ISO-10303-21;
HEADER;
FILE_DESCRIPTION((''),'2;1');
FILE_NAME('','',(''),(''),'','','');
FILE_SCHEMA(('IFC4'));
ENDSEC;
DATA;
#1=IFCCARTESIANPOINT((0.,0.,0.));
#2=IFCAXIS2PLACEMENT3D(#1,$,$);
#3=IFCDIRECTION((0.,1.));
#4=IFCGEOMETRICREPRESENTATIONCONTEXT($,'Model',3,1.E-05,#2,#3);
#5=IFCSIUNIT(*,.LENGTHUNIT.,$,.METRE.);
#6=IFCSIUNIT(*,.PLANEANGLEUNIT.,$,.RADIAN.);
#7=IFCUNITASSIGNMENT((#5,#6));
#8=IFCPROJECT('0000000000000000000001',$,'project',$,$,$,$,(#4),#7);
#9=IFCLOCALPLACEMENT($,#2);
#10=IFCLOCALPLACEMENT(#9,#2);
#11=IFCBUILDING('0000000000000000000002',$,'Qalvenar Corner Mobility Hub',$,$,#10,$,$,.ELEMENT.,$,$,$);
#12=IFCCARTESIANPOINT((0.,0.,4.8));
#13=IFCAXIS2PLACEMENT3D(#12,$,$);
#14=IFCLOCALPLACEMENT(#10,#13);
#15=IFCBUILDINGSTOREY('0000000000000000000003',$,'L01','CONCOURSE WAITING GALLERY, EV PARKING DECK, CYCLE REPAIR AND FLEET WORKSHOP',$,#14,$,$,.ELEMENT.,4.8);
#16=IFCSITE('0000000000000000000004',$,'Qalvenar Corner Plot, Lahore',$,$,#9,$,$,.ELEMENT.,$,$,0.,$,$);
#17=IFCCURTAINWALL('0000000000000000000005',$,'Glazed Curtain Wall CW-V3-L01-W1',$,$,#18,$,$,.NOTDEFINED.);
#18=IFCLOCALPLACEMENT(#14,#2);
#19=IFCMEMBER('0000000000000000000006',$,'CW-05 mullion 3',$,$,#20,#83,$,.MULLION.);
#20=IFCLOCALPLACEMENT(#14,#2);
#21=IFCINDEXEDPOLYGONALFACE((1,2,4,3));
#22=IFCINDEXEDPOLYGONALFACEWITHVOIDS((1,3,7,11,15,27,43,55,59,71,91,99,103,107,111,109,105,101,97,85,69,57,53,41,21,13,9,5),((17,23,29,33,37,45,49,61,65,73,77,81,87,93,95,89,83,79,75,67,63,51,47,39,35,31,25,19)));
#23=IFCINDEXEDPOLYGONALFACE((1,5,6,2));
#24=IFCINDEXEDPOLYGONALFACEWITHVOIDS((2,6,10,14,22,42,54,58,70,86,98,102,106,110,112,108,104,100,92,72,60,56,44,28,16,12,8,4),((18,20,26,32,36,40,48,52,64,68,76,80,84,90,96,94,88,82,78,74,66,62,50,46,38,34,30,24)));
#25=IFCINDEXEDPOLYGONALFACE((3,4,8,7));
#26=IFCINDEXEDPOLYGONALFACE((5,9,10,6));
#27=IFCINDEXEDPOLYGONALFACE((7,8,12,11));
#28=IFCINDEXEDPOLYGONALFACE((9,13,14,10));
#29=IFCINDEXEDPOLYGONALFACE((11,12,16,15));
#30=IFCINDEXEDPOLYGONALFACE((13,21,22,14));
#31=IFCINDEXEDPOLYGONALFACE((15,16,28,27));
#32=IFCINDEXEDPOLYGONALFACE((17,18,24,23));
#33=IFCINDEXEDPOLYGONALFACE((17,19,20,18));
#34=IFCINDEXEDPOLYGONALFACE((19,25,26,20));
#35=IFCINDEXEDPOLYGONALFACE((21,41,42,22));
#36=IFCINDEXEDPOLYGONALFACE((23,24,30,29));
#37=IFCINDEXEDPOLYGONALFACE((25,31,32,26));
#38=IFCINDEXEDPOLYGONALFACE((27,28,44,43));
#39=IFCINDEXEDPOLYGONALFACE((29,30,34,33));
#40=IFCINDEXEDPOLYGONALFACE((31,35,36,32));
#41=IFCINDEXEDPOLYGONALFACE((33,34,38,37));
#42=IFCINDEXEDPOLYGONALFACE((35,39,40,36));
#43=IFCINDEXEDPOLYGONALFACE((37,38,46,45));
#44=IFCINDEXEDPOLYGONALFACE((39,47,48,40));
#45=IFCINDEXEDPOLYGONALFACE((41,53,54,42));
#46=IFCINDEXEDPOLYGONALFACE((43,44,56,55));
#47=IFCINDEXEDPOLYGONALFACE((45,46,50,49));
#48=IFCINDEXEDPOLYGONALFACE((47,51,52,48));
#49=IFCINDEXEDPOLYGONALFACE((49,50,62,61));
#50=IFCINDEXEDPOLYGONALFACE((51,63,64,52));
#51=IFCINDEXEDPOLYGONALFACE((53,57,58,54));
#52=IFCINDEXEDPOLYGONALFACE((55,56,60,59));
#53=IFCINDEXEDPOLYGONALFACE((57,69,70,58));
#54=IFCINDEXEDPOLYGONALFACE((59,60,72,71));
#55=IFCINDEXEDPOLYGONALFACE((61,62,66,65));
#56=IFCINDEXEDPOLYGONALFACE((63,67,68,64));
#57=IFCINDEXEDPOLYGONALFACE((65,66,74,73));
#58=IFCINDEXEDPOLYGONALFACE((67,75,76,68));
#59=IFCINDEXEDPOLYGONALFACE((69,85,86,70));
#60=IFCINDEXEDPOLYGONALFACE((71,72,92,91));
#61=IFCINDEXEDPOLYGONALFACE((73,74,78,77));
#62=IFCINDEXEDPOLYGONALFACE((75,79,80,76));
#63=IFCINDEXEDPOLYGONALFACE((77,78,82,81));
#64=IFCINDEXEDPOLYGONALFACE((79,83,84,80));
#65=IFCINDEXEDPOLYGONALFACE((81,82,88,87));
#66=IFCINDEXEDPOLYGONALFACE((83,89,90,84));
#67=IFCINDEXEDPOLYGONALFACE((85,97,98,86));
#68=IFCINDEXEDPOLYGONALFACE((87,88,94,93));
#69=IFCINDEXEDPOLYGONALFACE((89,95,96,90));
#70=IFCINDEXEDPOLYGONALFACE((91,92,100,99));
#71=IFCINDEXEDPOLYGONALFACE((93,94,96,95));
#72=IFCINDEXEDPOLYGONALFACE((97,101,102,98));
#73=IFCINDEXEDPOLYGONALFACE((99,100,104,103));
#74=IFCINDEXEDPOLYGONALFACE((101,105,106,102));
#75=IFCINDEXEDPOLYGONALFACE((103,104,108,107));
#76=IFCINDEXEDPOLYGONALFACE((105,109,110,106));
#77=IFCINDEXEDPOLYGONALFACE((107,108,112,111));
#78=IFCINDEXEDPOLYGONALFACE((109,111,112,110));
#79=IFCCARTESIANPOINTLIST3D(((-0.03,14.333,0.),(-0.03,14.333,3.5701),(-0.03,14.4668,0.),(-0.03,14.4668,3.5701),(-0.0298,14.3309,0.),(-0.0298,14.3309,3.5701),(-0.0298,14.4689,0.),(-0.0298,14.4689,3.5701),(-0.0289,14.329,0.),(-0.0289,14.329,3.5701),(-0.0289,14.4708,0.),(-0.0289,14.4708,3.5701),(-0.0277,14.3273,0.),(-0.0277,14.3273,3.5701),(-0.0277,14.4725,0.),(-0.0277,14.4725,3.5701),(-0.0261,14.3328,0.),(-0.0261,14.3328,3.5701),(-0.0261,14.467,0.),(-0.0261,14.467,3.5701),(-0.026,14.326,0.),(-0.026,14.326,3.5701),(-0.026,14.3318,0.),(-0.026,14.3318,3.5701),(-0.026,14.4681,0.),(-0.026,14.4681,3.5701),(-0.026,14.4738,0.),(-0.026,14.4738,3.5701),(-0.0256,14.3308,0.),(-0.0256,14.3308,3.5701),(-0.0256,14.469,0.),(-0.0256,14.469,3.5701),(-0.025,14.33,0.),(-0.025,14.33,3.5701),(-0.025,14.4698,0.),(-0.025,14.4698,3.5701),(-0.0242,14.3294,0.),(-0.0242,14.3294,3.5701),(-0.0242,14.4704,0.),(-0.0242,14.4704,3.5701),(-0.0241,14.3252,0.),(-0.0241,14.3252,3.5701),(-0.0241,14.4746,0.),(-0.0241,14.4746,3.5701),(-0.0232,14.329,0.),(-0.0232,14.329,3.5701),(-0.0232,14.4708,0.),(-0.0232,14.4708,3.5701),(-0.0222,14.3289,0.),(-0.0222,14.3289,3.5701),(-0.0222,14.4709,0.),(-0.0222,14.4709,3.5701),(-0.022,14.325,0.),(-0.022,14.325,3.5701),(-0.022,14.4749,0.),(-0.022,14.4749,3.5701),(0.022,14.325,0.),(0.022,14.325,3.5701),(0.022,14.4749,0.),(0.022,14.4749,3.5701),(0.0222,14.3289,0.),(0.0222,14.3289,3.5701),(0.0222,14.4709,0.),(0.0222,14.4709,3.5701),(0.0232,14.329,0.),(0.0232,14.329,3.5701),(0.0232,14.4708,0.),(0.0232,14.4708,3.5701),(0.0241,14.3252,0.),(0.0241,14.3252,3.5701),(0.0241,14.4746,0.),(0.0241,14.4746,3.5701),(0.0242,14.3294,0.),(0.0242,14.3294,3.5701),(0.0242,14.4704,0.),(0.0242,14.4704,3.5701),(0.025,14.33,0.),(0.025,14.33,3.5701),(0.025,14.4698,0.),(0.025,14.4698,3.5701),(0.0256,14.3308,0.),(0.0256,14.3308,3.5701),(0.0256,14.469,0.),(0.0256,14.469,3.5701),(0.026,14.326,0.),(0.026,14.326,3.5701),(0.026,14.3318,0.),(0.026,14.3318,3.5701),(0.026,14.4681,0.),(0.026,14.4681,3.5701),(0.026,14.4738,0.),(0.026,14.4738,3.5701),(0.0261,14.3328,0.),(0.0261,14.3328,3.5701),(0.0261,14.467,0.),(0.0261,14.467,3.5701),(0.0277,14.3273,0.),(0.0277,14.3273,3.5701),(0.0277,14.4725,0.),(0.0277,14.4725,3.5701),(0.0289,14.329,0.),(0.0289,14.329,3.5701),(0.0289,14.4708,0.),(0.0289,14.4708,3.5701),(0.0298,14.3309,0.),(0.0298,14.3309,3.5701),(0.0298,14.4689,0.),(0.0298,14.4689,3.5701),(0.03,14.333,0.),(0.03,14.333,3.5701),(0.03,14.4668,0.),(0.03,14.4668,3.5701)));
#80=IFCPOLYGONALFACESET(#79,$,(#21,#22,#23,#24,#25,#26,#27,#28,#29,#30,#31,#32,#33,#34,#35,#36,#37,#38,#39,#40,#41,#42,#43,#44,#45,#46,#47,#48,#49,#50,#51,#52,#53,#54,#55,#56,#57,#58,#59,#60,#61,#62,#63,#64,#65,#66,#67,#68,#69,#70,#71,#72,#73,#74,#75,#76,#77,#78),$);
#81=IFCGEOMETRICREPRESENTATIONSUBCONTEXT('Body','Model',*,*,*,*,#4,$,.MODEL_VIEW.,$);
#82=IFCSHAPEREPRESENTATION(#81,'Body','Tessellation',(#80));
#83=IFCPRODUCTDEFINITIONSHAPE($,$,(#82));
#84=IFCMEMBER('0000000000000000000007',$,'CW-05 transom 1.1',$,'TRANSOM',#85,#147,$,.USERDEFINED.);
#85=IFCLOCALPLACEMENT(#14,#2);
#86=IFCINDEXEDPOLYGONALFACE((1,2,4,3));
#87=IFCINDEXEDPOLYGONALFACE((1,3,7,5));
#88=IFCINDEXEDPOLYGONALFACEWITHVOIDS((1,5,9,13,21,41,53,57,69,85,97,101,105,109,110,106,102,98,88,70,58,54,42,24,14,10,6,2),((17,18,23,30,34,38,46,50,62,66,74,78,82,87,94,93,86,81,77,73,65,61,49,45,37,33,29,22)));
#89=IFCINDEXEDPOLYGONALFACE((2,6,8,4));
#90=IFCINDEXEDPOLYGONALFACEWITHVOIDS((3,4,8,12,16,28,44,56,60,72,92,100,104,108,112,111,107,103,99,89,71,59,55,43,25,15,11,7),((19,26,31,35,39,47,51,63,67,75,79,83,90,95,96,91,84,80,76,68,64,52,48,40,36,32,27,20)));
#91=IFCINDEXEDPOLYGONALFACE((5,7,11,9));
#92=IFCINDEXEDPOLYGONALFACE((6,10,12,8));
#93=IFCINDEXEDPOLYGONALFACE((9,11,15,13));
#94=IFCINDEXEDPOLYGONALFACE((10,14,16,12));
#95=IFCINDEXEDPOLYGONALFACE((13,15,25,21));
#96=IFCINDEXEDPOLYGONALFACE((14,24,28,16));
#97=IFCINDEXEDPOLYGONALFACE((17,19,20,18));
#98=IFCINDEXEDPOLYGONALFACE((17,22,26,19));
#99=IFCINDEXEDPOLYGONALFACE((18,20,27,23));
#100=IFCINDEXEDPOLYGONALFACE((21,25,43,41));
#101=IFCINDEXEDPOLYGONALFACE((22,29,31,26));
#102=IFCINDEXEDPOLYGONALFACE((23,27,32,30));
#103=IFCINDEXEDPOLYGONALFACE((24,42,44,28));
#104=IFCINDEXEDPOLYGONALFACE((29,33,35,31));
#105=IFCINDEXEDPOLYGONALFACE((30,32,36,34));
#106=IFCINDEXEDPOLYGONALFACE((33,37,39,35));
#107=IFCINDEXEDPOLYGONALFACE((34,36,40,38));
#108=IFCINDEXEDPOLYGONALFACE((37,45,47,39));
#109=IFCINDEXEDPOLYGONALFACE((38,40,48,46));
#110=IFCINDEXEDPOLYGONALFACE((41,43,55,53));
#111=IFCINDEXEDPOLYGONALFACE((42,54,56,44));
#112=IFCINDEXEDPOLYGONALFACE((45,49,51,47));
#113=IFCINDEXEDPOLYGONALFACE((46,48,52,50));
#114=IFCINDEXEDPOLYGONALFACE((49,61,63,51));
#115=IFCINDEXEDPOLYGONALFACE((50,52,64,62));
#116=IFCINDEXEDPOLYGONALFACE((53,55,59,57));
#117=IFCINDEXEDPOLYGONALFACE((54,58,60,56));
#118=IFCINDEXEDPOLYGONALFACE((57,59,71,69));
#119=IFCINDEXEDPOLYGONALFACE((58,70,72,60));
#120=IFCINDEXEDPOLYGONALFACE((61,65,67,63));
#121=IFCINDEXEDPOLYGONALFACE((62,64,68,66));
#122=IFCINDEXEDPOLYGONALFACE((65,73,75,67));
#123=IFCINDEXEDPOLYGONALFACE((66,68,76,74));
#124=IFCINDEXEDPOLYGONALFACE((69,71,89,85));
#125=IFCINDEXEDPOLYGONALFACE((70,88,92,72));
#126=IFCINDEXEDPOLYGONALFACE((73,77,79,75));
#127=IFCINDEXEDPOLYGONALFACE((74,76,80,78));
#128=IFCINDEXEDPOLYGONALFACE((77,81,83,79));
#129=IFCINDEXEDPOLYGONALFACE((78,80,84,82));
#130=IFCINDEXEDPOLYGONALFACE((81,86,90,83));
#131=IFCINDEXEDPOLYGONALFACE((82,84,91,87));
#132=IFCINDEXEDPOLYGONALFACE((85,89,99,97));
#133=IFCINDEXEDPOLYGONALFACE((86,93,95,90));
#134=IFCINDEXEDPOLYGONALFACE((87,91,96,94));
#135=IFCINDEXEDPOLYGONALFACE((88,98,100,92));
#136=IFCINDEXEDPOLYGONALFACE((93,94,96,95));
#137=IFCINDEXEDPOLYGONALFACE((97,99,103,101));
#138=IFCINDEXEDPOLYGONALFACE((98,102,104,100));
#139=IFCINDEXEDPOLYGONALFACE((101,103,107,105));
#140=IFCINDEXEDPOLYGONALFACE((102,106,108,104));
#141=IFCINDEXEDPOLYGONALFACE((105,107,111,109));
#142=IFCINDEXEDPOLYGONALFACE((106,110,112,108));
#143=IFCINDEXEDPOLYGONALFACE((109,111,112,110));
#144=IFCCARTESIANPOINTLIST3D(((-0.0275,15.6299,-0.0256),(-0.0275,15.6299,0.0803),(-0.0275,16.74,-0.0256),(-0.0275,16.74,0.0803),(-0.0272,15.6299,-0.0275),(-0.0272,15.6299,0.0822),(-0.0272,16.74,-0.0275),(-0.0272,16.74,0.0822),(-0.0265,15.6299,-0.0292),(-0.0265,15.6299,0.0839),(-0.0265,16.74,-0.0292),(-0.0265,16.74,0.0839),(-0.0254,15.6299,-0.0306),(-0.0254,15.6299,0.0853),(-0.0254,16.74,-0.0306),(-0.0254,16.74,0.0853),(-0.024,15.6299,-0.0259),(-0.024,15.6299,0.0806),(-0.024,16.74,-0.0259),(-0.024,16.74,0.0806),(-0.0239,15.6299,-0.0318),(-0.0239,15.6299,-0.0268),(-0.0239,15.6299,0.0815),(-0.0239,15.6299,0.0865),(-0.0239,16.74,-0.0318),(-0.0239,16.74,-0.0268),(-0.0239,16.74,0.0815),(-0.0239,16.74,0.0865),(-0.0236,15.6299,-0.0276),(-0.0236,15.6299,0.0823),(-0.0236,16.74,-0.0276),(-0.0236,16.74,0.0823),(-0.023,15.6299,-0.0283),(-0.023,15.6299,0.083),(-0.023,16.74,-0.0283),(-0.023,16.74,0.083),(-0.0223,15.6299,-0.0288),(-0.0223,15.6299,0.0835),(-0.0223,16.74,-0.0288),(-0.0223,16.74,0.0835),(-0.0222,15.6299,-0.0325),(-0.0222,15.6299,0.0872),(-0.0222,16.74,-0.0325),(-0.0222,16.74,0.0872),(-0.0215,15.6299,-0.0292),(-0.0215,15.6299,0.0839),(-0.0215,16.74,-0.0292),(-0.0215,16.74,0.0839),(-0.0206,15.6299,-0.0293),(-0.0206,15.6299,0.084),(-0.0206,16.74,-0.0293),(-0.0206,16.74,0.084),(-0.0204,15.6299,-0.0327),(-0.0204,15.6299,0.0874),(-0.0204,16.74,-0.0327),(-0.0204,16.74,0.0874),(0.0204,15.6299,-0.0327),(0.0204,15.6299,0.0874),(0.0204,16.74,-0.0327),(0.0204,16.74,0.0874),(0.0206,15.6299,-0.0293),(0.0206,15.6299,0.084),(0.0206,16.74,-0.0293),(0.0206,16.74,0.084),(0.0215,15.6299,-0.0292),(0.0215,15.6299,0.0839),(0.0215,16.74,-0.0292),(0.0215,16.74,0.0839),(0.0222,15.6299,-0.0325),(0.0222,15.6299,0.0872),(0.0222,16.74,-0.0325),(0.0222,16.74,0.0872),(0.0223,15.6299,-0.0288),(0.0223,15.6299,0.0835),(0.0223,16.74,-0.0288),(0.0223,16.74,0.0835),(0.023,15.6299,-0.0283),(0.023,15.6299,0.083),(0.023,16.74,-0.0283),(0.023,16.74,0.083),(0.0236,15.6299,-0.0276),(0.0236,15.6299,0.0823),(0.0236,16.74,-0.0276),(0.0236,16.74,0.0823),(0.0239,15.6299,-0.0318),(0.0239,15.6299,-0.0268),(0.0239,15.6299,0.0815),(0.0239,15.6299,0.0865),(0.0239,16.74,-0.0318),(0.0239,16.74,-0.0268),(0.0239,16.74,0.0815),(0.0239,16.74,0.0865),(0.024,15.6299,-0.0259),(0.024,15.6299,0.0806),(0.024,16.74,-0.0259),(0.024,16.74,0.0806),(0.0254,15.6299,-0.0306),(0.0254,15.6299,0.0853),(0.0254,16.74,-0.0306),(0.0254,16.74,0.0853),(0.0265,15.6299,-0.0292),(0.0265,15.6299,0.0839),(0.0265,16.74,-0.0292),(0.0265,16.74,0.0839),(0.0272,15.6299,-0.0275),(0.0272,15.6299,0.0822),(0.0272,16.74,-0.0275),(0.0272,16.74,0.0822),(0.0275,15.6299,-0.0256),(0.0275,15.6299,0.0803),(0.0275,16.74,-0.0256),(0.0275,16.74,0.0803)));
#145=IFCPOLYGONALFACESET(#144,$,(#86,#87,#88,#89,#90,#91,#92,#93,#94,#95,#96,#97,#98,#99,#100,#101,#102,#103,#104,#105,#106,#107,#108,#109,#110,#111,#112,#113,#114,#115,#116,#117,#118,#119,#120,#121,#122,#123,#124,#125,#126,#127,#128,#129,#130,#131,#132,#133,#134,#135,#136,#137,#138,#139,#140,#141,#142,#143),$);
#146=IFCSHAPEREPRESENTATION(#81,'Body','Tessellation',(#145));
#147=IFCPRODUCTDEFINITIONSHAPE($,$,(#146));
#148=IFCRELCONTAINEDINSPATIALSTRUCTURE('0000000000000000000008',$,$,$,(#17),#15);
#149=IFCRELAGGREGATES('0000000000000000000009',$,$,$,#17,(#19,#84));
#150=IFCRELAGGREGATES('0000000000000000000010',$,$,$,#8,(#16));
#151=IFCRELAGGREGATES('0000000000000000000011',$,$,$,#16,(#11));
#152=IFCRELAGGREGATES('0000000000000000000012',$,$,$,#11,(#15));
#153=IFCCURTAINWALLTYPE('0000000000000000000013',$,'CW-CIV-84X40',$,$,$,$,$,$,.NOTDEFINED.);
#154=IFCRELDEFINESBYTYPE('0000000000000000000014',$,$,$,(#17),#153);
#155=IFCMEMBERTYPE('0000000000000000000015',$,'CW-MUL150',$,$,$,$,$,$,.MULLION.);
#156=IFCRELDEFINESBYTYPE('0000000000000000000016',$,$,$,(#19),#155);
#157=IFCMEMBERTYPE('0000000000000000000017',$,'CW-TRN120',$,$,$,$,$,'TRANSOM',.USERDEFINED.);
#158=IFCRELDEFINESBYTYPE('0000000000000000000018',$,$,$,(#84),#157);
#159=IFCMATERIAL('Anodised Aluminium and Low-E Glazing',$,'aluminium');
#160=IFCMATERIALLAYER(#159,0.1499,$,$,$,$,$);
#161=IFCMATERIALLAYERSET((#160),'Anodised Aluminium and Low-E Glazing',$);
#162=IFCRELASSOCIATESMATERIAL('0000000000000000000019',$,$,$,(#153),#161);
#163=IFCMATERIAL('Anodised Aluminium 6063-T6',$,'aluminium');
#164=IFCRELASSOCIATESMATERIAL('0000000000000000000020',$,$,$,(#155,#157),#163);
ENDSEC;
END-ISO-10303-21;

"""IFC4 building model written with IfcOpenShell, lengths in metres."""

from ifc_helpers import new_model, si_unit, direction, frame, origin, origin_2d, place, context, subcontext, project, spatial, hollow_rectangle, extrude, material, layer, layer_set, material_profile, profile_set, type_object, element, aggregate, save


model = new_model("IFC4")

# Units and contexts
model_context = context("Model", 3, precision=1e-05, world=origin(), true_north=direction((0.0, 1.0)))
body_context = subcontext(model_context, "Body", "Model", "MODEL_VIEW")
ifc_project = project(units=[si_unit("LENGTHUNIT", "METRE"), si_unit("PLANEANGLEUNIT", "RADIAN")], contexts=[model_context])

# Site, building, storey
site_placement = place(None, origin())
site = spatial("IfcSite", under=ifc_project, at=site_placement, Name="Qalvenar Corner Plot, Lahore", CompositionType="ELEMENT", RefElevation=0.0)
building_placement = place(site_placement, origin())
building = spatial("IfcBuilding", under=site, at=building_placement, Name="Qalvenar Corner Mobility Hub", CompositionType="ELEMENT")
storey_placement = place(building_placement, frame((0.0, 0.0, 4.8)))
storey = spatial("IfcBuildingStorey", under=building, at=storey_placement, Name="L01", Description="CONCOURSE WAITING GALLERY, EV PARKING DECK, CYCLE REPAIR AND FLEET WORKSHOP", CompositionType="ELEMENT", Elevation=4.8)

# Curtain wall, members
ifc_material_1 = material(Name="Anodised Aluminium and Low-E Glazing", Category="aluminium")
ifc_layer_1 = layer(ifc_material_1, 0.1499)
ifc_layer_set_1 = layer_set([ifc_layer_1], Name="Anodised Aluminium and Low-E Glazing")
curtain_wall_type = type_object("IfcCurtainWallType", Name="CW-CIV-84X40", PredefinedType="NOTDEFINED", material=ifc_layer_set_1)
curtain_wall_placement = place(storey_placement, origin())
curtain_wall = element("IfcCurtainWall", 1, at=curtain_wall_placement, inside=storey, type_object=curtain_wall_type, Name="Glazed Curtain Wall CW-V3-L01-W1", PredefinedType="NOTDEFINED")
ifc_material_2 = material(Name="Anodised Aluminium 6063-T6", Category="aluminium")
ifc_material_profile_1 = material_profile(ifc_material_2, hollow_rectangle(XDim=0.0601, YDim=0.1499, WallThickness=0.0039, InnerFilletRadius=0.0039, OuterFilletRadius=0.0081, at=origin_2d()), Name="RHS150x60x4")
ifc_profile_set_1 = profile_set([ifc_material_profile_1], Name="Anodised Aluminium 6063-T6")
member_type_1 = type_object("IfcMemberType", Name="CW-MUL150", PredefinedType="MULLION", material=ifc_profile_set_1)
member_1_placement = place(storey_placement, frame((0.0, 14.3999, 0.0), z_axis=(0.0, 0.0, 1.0), x_axis=(1.0, 0.0, 0.0)))
member_1 = element("IfcMember", 2, at=member_1_placement, type_object=member_type_1, Name="CW-05 mullion 3", PredefinedType="MULLION", context=body_context, shape_type="SweptSolid", body=[
    extrude(hollow_rectangle(XDim=0.0601, YDim=0.1499, WallThickness=0.0039, InnerFilletRadius=0.0039, OuterFilletRadius=0.0081, at=origin_2d()), origin(), (0.0, 0.0, 1.0), 3.5701),
])
ifc_material_profile_2 = material_profile(ifc_material_2, hollow_rectangle(XDim=0.0549, YDim=0.1201, WallThickness=0.0034, InnerFilletRadius=0.0034, OuterFilletRadius=0.0071, at=origin_2d()), Name="RHS120x55x3.5")
ifc_profile_set_2 = profile_set([ifc_material_profile_2], Name="Anodised Aluminium 6063-T6")
member_type_2 = type_object("IfcMemberType", Name="CW-TRN120", ElementType="TRANSOM", PredefinedType="USERDEFINED", material=ifc_profile_set_2)
member_2_placement = place(storey_placement, frame((0.0, 16.74, 0.0273), z_axis=(0.0, -1.0, 0.0), x_axis=(1.0, 0.0, 0.0)))
member_2 = element("IfcMember", 3, at=member_2_placement, type_object=member_type_2, Name="CW-05 transom 1.1", ObjectType="TRANSOM", PredefinedType="USERDEFINED", context=body_context, shape_type="SweptSolid", body=[
    extrude(hollow_rectangle(XDim=0.0549, YDim=0.1201, WallThickness=0.0034, InnerFilletRadius=0.0034, OuterFilletRadius=0.0071, at=origin_2d()), origin(), (0.0, 0.0, 1.0), 1.1101),
])
aggregate(curtain_wall, [member_1, member_2])

save(model, "model.ifc")
